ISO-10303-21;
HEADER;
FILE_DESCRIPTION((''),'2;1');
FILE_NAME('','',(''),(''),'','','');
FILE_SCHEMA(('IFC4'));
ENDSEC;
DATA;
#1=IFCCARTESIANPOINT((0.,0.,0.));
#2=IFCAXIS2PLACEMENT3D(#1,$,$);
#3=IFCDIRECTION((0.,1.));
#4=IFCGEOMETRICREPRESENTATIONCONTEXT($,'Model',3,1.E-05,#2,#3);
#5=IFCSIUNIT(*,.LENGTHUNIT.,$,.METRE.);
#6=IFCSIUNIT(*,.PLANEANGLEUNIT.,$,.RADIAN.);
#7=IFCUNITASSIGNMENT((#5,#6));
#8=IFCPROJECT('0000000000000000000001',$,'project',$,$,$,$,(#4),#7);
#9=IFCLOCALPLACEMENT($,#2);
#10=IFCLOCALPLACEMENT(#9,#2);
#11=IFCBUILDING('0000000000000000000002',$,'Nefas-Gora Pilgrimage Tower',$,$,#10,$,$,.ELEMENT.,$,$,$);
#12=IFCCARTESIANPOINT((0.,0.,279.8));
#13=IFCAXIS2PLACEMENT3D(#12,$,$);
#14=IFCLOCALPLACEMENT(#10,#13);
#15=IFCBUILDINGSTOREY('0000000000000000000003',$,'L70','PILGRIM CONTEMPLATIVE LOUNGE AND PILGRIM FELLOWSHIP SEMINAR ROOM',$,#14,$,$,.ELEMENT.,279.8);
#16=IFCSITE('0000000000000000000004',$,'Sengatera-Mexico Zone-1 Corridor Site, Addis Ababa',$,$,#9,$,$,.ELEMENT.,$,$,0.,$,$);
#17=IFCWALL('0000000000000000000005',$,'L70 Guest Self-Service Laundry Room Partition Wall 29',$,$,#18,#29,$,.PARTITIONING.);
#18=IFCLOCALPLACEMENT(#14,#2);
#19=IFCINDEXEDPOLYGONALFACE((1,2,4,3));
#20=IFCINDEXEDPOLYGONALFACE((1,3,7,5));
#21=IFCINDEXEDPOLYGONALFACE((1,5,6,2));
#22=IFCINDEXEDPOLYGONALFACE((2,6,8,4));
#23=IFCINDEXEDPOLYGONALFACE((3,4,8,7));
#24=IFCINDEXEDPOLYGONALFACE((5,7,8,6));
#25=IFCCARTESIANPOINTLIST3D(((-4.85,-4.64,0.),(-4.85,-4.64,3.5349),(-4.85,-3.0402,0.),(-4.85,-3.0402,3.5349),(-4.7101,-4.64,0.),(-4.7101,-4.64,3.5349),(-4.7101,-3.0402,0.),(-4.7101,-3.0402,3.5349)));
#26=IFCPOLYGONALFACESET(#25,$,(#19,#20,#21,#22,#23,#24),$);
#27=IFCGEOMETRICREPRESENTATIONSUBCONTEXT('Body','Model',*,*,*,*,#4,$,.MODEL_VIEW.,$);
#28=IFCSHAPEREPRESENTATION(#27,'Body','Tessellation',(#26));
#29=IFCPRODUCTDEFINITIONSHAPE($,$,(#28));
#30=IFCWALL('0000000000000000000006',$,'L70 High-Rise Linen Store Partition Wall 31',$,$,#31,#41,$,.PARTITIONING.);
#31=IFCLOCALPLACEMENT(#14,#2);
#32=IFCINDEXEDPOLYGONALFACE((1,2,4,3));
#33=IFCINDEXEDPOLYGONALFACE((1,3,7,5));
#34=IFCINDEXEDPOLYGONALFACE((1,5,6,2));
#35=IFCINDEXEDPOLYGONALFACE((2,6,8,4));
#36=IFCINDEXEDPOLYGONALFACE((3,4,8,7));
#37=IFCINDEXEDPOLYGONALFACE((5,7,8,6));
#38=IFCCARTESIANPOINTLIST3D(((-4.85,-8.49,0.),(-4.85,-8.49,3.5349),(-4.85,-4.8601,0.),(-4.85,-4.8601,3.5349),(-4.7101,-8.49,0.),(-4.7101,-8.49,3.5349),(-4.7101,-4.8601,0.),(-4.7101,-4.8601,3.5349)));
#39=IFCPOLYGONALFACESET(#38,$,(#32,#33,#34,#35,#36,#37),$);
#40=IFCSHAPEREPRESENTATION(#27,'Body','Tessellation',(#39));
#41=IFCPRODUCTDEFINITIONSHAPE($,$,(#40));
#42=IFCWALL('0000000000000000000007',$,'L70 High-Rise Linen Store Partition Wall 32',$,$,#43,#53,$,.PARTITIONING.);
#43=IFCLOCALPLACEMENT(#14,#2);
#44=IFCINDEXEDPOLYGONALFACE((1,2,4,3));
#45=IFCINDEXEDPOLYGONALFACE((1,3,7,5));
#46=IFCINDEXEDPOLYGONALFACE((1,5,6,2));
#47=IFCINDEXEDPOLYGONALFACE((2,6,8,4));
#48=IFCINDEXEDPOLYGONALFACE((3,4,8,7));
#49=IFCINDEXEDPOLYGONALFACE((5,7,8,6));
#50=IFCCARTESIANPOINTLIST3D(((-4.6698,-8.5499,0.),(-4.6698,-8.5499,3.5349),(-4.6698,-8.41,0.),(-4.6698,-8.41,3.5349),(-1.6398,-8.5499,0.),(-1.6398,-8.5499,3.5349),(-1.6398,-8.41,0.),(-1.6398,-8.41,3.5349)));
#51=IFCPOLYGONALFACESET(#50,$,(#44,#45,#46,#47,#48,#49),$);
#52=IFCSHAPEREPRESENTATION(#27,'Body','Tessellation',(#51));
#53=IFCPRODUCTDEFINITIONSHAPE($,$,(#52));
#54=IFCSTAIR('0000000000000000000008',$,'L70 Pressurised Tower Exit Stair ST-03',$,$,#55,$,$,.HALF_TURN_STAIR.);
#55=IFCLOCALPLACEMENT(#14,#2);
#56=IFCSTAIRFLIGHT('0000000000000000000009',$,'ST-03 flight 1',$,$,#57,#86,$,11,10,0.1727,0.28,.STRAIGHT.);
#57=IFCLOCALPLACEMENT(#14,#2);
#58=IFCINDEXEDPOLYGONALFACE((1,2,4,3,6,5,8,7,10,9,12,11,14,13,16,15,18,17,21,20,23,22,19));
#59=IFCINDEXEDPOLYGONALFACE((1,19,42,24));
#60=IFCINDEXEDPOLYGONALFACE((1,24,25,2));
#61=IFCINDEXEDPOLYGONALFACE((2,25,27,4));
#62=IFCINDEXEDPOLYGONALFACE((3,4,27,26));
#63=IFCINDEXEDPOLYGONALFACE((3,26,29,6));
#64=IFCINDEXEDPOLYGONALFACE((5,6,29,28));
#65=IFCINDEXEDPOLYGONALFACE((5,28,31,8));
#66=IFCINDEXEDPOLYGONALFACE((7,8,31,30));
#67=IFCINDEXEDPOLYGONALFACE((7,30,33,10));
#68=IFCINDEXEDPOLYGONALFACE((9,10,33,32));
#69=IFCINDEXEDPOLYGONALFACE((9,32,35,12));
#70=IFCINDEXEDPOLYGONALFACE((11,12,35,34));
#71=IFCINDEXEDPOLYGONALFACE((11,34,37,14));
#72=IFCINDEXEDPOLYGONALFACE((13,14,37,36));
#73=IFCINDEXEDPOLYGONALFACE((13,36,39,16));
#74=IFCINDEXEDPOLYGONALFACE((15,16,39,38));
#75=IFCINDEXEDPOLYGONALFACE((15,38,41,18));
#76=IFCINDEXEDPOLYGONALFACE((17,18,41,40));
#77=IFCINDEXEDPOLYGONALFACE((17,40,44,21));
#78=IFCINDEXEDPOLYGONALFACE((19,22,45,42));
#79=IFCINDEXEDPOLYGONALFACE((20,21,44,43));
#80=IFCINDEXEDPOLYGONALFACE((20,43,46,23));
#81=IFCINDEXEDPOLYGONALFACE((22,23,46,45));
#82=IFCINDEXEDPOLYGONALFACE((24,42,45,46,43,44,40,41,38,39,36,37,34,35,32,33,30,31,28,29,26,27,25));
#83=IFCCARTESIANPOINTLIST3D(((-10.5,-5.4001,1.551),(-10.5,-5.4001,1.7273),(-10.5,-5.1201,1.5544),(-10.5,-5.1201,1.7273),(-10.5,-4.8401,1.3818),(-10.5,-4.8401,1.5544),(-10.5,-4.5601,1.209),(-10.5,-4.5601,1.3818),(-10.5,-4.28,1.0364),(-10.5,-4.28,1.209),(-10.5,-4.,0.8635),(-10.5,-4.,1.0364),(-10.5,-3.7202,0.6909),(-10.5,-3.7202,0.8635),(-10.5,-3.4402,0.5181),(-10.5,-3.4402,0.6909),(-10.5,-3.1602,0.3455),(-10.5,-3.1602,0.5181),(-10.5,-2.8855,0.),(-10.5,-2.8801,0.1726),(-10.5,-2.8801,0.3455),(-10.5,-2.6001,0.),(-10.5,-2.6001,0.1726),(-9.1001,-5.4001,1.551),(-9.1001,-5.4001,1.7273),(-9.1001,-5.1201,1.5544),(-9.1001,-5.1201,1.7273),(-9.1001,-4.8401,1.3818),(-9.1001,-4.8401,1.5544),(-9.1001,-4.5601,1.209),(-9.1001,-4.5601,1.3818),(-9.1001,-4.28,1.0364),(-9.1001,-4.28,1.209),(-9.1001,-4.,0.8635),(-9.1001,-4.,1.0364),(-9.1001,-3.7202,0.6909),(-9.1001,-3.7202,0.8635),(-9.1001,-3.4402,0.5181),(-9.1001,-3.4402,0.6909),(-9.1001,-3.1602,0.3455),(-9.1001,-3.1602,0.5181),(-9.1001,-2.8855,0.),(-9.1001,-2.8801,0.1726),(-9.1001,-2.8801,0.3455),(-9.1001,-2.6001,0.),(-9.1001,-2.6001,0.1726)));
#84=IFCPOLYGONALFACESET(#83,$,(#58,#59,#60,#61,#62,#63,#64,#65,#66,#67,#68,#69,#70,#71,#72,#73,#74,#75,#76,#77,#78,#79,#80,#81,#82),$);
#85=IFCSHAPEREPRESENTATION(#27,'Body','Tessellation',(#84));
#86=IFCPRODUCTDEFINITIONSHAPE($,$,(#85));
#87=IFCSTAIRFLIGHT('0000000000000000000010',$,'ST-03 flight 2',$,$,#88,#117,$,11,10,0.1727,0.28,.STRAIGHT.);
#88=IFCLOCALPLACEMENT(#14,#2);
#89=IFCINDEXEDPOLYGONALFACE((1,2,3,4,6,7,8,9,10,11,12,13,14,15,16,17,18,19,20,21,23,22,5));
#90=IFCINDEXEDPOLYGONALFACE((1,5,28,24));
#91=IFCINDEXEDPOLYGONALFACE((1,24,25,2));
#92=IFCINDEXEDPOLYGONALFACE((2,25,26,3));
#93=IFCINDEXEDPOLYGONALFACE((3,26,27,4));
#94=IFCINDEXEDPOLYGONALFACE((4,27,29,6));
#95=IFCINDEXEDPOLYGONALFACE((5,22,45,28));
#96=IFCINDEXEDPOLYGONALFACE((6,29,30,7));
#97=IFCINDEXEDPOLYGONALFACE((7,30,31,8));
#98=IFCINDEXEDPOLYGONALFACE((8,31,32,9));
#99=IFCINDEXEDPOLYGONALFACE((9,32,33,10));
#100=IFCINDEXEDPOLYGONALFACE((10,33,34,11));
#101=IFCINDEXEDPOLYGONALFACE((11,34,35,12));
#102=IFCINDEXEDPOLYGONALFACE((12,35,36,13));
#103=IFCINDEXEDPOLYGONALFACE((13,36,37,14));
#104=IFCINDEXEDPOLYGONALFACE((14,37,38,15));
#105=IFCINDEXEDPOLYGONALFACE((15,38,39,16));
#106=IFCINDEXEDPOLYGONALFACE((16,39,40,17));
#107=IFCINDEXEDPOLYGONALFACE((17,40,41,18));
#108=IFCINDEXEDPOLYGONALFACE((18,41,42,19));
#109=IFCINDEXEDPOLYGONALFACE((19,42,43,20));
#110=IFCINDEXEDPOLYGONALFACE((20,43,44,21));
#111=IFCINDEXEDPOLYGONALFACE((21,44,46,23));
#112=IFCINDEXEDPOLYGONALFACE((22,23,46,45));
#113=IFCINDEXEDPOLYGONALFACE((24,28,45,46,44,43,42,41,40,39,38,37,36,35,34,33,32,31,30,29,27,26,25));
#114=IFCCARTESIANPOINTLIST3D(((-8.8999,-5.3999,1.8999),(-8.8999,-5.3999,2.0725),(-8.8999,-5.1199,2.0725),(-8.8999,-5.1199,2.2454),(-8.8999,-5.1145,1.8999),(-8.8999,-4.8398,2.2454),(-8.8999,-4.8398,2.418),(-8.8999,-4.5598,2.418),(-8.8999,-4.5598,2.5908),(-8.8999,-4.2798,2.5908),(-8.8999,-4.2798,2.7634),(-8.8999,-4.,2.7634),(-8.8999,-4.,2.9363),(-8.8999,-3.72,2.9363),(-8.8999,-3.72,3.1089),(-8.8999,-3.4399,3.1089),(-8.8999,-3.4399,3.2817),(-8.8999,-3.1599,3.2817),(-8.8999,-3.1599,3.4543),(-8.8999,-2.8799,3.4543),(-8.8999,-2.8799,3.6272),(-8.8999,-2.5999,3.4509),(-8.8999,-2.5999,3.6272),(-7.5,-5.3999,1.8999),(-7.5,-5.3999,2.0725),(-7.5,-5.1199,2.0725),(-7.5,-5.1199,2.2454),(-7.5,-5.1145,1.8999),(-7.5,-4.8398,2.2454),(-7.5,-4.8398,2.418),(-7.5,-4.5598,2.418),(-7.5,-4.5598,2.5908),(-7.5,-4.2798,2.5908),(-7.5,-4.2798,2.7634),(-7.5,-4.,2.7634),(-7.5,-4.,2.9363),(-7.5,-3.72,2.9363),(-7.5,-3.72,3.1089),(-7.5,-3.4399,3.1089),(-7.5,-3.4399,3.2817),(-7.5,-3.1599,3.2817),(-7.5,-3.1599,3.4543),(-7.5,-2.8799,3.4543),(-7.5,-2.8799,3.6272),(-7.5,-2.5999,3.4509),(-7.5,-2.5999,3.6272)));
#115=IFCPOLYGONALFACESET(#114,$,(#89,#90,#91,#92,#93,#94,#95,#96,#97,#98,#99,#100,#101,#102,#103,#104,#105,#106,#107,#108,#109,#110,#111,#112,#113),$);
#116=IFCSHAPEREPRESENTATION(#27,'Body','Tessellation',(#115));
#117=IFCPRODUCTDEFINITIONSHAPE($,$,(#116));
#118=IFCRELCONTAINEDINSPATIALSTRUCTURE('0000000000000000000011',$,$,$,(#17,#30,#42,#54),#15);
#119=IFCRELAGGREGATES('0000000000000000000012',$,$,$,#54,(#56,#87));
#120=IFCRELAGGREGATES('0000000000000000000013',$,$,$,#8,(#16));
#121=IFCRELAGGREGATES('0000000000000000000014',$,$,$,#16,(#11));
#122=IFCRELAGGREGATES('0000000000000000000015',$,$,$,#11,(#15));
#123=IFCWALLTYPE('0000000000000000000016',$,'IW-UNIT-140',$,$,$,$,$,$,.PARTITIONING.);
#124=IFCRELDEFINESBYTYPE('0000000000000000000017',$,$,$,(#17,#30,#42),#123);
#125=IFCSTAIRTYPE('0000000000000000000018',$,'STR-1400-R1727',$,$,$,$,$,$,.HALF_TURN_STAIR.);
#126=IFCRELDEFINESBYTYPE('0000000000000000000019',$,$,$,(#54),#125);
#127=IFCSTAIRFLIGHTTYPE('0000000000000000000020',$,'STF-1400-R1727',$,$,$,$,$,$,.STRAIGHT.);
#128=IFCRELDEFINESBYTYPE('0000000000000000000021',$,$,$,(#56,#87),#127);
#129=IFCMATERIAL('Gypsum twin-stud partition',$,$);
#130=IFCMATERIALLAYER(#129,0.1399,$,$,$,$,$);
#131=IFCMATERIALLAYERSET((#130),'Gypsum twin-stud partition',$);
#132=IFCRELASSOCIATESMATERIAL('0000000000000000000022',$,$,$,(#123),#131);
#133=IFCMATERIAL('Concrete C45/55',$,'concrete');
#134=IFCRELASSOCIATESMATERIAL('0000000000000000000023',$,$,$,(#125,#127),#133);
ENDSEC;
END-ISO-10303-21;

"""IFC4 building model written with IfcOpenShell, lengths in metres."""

from ifc_helpers import new_model, si_unit, direction, frame, frame_2d, origin, place, context, subcontext, project, spatial, polyline, rectangle, outline, extrude, source, transform, mapped, material, layer, layer_set, type_object, element, aggregate, save


model = new_model("IFC4")

# Units and contexts
model_context = context("Model", 3, precision=1e-05, world=origin(), true_north=direction((0.0, 1.0)))
body_context = subcontext(model_context, "Body", "Model", "MODEL_VIEW")
ifc_project = project(units=[si_unit("LENGTHUNIT", "METRE"), si_unit("PLANEANGLEUNIT", "RADIAN")], contexts=[model_context])

# Site, building, storey
site_placement = place(None, origin())
site = spatial("IfcSite", under=ifc_project, at=site_placement, Name="Sengatera-Mexico Zone-1 Corridor Site, Addis Ababa", CompositionType="ELEMENT", RefElevation=0.0)
building_placement = place(site_placement, origin())
building = spatial("IfcBuilding", under=site, at=building_placement, Name="Nefas-Gora Pilgrimage Tower", CompositionType="ELEMENT")
storey_placement = place(building_placement, frame((0.0, 0.0, 279.8)))
storey = spatial("IfcBuildingStorey", under=building, at=storey_placement, Name="L70", Description="PILGRIM CONTEMPLATIVE LOUNGE AND PILGRIM FELLOWSHIP SEMINAR ROOM", CompositionType="ELEMENT", Elevation=279.8)

# Shared definitions
ifc_material_1 = material(Name="Concrete C45/55", Category="concrete")

# Walls
ifc_material_2 = material(Name="Gypsum twin-stud partition")
ifc_layer_1 = layer(ifc_material_2, 0.1399)
ifc_layer_set_1 = layer_set([ifc_layer_1], Name="Gypsum twin-stud partition")
wall_type_1 = type_object("IfcWallType", Name="IW-UNIT-140", PredefinedType="PARTITIONING", material=ifc_layer_set_1)
shared_shape_1 = source(origin(), body_context, "Body", "SweptSolid", [
    extrude(rectangle(XDim=1.5999, YDim=0.1399, at=frame_2d((0.7998, 0.0))), origin(), (0.0, 0.0, 1.0), 3.5349),
])
wall_1_placement = place(storey_placement, frame((-4.78, -4.6399, 0.0), z_axis=(0.0, 0.0, 1.0), x_axis=(0.0, 1.0, 0.0)))
element("IfcWall", 1, at=wall_1_placement, inside=storey, type_object=wall_type_1, Name="L70 Guest Self-Service Laundry Room Partition Wall 29", PredefinedType="PARTITIONING", context=body_context, shape_type="MappedRepresentation", body=[
    mapped(shared_shape_1, transform((0.0, 0.0, 0.0), x_axis=(1.0, 0.0, 0.0), y_axis=(0.0, 1.0, 0.0), z_axis=(0.0, 0.0, 1.0), scale=1.0)),
])
shared_shape_2 = source(origin(), body_context, "Body", "SweptSolid", [
    extrude(rectangle(XDim=3.6299, YDim=0.1399, at=frame_2d((1.8149, 0.0))), origin(), (0.0, 0.0, 1.0), 3.5349),
])
wall_2_placement = place(storey_placement, frame((-4.78, -8.49, 0.0), z_axis=(0.0, 0.0, 1.0), x_axis=(0.0, 1.0, 0.0)))
element("IfcWall", 2, at=wall_2_placement, inside=storey, type_object=wall_type_1, Name="L70 High-Rise Linen Store Partition Wall 31", PredefinedType="PARTITIONING", context=body_context, shape_type="MappedRepresentation", body=[
    mapped(shared_shape_2, transform((0.0, 0.0, 0.0), x_axis=(1.0, 0.0, 0.0), y_axis=(0.0, 1.0, 0.0), z_axis=(0.0, 0.0, 1.0), scale=1.0)),
])
shared_shape_3 = source(origin(), body_context, "Body", "SweptSolid", [
    extrude(rectangle(XDim=3.03, YDim=0.1399, at=frame_2d((1.5151, 0.0))), origin(), (0.0, 0.0, 1.0), 3.5349),
])
wall_3_placement = place(storey_placement, frame((-4.6699, -8.48, 0.0), z_axis=(0.0, 0.0, 1.0), x_axis=(1.0, 0.0, 0.0)))
element("IfcWall", 3, at=wall_3_placement, inside=storey, type_object=wall_type_1, Name="L70 High-Rise Linen Store Partition Wall 32", PredefinedType="PARTITIONING", context=body_context, shape_type="MappedRepresentation", body=[
    mapped(shared_shape_3, transform((0.0, 0.0, 0.0), x_axis=(1.0, 0.0, 0.0), y_axis=(0.0, 1.0, 0.0), z_axis=(0.0, 0.0, 1.0), scale=1.0)),
])

# Stair, stair flights
stair_type = type_object("IfcStairType", Name="STR-1400-R1727", PredefinedType="HALF_TURN_STAIR", material=ifc_material_1)
stair_placement = place(storey_placement, origin())
stair = element("IfcStair", 4, at=stair_placement, inside=storey, type_object=stair_type, Name="L70 Pressurised Tower Exit Stair ST-03", PredefinedType="HALF_TURN_STAIR")
stair_flight_type = type_object("IfcStairFlightType", Name="STF-1400-R1727", PredefinedType="STRAIGHT", material=ifc_material_1)
shared_shape_4 = source(origin(), body_context, "Body", "SweptSolid", [
    extrude(outline(polyline([(0.0, 0.0), (0.0, 0.1726), (0.28, 0.1726), (0.28, 0.3455), (0.5601, 0.3455), (0.5601, 0.5181), (0.8401, 0.5181), (0.8401, 0.6909), (1.1201, 0.6909), (1.1201, 0.8635), (1.3999, 0.8635), (1.3999, 1.0364), (1.6799, 1.0364), (1.6799, 1.209), (1.96, 1.209), (1.96, 1.3818), (2.24, 1.3818), (2.24, 1.5544), (2.52, 1.5544), (2.52, 1.7273), (2.8, 1.7273), (2.8, 1.8999), (2.8, 1.551), (0.2854, 0.0), (0.0, 0.0)])), frame((0.0, 0.7, 0.0), z_axis=(0.0, -1.0, 0.0), x_axis=(1.0, 0.0, 0.0)), (0.0, 0.0, 1.0), 1.3999),
])
stair_flight_1_placement = place(storey_placement, frame((-9.8, -2.6001, 0.0), z_axis=(0.0, 0.0, 1.0), x_axis=(0.0, -1.0, 0.0)))
stair_flight_1 = element("IfcStairFlight", 5, at=stair_flight_1_placement, type_object=stair_flight_type, Name="ST-03 flight 1", NumberOfRisers=11, NumberOfTreads=10, PredefinedType="STRAIGHT", RiserHeight=0.1727, TreadLength=0.28, context=body_context, shape_type="MappedRepresentation", body=[
    mapped(shared_shape_4, transform((0.0, 0.0, 0.0), x_axis=(1.0, 0.0, 0.0), y_axis=(0.0, 1.0, 0.0), z_axis=(0.0, 0.0, 1.0), scale=1.0)),
])
stair_flight_2_placement = place(storey_placement, frame((-8.2, -5.3999, 1.8999), z_axis=(0.0, 0.0, 1.0), x_axis=(0.0, 1.0, 0.0)))
stair_flight_2 = element("IfcStairFlight", 6, at=stair_flight_2_placement, type_object=stair_flight_type, Name="ST-03 flight 2", NumberOfRisers=11, NumberOfTreads=10, PredefinedType="STRAIGHT", RiserHeight=0.1727, TreadLength=0.28, context=body_context, shape_type="MappedRepresentation", body=[
    mapped(shared_shape_4, transform((0.0, 0.0, 0.0), x_axis=(1.0, 0.0, 0.0), y_axis=(0.0, 1.0, 0.0), z_axis=(0.0, 0.0, 1.0), scale=1.0)),
])
aggregate(stair, [stair_flight_1, stair_flight_2])

save(model, "model.ifc")
